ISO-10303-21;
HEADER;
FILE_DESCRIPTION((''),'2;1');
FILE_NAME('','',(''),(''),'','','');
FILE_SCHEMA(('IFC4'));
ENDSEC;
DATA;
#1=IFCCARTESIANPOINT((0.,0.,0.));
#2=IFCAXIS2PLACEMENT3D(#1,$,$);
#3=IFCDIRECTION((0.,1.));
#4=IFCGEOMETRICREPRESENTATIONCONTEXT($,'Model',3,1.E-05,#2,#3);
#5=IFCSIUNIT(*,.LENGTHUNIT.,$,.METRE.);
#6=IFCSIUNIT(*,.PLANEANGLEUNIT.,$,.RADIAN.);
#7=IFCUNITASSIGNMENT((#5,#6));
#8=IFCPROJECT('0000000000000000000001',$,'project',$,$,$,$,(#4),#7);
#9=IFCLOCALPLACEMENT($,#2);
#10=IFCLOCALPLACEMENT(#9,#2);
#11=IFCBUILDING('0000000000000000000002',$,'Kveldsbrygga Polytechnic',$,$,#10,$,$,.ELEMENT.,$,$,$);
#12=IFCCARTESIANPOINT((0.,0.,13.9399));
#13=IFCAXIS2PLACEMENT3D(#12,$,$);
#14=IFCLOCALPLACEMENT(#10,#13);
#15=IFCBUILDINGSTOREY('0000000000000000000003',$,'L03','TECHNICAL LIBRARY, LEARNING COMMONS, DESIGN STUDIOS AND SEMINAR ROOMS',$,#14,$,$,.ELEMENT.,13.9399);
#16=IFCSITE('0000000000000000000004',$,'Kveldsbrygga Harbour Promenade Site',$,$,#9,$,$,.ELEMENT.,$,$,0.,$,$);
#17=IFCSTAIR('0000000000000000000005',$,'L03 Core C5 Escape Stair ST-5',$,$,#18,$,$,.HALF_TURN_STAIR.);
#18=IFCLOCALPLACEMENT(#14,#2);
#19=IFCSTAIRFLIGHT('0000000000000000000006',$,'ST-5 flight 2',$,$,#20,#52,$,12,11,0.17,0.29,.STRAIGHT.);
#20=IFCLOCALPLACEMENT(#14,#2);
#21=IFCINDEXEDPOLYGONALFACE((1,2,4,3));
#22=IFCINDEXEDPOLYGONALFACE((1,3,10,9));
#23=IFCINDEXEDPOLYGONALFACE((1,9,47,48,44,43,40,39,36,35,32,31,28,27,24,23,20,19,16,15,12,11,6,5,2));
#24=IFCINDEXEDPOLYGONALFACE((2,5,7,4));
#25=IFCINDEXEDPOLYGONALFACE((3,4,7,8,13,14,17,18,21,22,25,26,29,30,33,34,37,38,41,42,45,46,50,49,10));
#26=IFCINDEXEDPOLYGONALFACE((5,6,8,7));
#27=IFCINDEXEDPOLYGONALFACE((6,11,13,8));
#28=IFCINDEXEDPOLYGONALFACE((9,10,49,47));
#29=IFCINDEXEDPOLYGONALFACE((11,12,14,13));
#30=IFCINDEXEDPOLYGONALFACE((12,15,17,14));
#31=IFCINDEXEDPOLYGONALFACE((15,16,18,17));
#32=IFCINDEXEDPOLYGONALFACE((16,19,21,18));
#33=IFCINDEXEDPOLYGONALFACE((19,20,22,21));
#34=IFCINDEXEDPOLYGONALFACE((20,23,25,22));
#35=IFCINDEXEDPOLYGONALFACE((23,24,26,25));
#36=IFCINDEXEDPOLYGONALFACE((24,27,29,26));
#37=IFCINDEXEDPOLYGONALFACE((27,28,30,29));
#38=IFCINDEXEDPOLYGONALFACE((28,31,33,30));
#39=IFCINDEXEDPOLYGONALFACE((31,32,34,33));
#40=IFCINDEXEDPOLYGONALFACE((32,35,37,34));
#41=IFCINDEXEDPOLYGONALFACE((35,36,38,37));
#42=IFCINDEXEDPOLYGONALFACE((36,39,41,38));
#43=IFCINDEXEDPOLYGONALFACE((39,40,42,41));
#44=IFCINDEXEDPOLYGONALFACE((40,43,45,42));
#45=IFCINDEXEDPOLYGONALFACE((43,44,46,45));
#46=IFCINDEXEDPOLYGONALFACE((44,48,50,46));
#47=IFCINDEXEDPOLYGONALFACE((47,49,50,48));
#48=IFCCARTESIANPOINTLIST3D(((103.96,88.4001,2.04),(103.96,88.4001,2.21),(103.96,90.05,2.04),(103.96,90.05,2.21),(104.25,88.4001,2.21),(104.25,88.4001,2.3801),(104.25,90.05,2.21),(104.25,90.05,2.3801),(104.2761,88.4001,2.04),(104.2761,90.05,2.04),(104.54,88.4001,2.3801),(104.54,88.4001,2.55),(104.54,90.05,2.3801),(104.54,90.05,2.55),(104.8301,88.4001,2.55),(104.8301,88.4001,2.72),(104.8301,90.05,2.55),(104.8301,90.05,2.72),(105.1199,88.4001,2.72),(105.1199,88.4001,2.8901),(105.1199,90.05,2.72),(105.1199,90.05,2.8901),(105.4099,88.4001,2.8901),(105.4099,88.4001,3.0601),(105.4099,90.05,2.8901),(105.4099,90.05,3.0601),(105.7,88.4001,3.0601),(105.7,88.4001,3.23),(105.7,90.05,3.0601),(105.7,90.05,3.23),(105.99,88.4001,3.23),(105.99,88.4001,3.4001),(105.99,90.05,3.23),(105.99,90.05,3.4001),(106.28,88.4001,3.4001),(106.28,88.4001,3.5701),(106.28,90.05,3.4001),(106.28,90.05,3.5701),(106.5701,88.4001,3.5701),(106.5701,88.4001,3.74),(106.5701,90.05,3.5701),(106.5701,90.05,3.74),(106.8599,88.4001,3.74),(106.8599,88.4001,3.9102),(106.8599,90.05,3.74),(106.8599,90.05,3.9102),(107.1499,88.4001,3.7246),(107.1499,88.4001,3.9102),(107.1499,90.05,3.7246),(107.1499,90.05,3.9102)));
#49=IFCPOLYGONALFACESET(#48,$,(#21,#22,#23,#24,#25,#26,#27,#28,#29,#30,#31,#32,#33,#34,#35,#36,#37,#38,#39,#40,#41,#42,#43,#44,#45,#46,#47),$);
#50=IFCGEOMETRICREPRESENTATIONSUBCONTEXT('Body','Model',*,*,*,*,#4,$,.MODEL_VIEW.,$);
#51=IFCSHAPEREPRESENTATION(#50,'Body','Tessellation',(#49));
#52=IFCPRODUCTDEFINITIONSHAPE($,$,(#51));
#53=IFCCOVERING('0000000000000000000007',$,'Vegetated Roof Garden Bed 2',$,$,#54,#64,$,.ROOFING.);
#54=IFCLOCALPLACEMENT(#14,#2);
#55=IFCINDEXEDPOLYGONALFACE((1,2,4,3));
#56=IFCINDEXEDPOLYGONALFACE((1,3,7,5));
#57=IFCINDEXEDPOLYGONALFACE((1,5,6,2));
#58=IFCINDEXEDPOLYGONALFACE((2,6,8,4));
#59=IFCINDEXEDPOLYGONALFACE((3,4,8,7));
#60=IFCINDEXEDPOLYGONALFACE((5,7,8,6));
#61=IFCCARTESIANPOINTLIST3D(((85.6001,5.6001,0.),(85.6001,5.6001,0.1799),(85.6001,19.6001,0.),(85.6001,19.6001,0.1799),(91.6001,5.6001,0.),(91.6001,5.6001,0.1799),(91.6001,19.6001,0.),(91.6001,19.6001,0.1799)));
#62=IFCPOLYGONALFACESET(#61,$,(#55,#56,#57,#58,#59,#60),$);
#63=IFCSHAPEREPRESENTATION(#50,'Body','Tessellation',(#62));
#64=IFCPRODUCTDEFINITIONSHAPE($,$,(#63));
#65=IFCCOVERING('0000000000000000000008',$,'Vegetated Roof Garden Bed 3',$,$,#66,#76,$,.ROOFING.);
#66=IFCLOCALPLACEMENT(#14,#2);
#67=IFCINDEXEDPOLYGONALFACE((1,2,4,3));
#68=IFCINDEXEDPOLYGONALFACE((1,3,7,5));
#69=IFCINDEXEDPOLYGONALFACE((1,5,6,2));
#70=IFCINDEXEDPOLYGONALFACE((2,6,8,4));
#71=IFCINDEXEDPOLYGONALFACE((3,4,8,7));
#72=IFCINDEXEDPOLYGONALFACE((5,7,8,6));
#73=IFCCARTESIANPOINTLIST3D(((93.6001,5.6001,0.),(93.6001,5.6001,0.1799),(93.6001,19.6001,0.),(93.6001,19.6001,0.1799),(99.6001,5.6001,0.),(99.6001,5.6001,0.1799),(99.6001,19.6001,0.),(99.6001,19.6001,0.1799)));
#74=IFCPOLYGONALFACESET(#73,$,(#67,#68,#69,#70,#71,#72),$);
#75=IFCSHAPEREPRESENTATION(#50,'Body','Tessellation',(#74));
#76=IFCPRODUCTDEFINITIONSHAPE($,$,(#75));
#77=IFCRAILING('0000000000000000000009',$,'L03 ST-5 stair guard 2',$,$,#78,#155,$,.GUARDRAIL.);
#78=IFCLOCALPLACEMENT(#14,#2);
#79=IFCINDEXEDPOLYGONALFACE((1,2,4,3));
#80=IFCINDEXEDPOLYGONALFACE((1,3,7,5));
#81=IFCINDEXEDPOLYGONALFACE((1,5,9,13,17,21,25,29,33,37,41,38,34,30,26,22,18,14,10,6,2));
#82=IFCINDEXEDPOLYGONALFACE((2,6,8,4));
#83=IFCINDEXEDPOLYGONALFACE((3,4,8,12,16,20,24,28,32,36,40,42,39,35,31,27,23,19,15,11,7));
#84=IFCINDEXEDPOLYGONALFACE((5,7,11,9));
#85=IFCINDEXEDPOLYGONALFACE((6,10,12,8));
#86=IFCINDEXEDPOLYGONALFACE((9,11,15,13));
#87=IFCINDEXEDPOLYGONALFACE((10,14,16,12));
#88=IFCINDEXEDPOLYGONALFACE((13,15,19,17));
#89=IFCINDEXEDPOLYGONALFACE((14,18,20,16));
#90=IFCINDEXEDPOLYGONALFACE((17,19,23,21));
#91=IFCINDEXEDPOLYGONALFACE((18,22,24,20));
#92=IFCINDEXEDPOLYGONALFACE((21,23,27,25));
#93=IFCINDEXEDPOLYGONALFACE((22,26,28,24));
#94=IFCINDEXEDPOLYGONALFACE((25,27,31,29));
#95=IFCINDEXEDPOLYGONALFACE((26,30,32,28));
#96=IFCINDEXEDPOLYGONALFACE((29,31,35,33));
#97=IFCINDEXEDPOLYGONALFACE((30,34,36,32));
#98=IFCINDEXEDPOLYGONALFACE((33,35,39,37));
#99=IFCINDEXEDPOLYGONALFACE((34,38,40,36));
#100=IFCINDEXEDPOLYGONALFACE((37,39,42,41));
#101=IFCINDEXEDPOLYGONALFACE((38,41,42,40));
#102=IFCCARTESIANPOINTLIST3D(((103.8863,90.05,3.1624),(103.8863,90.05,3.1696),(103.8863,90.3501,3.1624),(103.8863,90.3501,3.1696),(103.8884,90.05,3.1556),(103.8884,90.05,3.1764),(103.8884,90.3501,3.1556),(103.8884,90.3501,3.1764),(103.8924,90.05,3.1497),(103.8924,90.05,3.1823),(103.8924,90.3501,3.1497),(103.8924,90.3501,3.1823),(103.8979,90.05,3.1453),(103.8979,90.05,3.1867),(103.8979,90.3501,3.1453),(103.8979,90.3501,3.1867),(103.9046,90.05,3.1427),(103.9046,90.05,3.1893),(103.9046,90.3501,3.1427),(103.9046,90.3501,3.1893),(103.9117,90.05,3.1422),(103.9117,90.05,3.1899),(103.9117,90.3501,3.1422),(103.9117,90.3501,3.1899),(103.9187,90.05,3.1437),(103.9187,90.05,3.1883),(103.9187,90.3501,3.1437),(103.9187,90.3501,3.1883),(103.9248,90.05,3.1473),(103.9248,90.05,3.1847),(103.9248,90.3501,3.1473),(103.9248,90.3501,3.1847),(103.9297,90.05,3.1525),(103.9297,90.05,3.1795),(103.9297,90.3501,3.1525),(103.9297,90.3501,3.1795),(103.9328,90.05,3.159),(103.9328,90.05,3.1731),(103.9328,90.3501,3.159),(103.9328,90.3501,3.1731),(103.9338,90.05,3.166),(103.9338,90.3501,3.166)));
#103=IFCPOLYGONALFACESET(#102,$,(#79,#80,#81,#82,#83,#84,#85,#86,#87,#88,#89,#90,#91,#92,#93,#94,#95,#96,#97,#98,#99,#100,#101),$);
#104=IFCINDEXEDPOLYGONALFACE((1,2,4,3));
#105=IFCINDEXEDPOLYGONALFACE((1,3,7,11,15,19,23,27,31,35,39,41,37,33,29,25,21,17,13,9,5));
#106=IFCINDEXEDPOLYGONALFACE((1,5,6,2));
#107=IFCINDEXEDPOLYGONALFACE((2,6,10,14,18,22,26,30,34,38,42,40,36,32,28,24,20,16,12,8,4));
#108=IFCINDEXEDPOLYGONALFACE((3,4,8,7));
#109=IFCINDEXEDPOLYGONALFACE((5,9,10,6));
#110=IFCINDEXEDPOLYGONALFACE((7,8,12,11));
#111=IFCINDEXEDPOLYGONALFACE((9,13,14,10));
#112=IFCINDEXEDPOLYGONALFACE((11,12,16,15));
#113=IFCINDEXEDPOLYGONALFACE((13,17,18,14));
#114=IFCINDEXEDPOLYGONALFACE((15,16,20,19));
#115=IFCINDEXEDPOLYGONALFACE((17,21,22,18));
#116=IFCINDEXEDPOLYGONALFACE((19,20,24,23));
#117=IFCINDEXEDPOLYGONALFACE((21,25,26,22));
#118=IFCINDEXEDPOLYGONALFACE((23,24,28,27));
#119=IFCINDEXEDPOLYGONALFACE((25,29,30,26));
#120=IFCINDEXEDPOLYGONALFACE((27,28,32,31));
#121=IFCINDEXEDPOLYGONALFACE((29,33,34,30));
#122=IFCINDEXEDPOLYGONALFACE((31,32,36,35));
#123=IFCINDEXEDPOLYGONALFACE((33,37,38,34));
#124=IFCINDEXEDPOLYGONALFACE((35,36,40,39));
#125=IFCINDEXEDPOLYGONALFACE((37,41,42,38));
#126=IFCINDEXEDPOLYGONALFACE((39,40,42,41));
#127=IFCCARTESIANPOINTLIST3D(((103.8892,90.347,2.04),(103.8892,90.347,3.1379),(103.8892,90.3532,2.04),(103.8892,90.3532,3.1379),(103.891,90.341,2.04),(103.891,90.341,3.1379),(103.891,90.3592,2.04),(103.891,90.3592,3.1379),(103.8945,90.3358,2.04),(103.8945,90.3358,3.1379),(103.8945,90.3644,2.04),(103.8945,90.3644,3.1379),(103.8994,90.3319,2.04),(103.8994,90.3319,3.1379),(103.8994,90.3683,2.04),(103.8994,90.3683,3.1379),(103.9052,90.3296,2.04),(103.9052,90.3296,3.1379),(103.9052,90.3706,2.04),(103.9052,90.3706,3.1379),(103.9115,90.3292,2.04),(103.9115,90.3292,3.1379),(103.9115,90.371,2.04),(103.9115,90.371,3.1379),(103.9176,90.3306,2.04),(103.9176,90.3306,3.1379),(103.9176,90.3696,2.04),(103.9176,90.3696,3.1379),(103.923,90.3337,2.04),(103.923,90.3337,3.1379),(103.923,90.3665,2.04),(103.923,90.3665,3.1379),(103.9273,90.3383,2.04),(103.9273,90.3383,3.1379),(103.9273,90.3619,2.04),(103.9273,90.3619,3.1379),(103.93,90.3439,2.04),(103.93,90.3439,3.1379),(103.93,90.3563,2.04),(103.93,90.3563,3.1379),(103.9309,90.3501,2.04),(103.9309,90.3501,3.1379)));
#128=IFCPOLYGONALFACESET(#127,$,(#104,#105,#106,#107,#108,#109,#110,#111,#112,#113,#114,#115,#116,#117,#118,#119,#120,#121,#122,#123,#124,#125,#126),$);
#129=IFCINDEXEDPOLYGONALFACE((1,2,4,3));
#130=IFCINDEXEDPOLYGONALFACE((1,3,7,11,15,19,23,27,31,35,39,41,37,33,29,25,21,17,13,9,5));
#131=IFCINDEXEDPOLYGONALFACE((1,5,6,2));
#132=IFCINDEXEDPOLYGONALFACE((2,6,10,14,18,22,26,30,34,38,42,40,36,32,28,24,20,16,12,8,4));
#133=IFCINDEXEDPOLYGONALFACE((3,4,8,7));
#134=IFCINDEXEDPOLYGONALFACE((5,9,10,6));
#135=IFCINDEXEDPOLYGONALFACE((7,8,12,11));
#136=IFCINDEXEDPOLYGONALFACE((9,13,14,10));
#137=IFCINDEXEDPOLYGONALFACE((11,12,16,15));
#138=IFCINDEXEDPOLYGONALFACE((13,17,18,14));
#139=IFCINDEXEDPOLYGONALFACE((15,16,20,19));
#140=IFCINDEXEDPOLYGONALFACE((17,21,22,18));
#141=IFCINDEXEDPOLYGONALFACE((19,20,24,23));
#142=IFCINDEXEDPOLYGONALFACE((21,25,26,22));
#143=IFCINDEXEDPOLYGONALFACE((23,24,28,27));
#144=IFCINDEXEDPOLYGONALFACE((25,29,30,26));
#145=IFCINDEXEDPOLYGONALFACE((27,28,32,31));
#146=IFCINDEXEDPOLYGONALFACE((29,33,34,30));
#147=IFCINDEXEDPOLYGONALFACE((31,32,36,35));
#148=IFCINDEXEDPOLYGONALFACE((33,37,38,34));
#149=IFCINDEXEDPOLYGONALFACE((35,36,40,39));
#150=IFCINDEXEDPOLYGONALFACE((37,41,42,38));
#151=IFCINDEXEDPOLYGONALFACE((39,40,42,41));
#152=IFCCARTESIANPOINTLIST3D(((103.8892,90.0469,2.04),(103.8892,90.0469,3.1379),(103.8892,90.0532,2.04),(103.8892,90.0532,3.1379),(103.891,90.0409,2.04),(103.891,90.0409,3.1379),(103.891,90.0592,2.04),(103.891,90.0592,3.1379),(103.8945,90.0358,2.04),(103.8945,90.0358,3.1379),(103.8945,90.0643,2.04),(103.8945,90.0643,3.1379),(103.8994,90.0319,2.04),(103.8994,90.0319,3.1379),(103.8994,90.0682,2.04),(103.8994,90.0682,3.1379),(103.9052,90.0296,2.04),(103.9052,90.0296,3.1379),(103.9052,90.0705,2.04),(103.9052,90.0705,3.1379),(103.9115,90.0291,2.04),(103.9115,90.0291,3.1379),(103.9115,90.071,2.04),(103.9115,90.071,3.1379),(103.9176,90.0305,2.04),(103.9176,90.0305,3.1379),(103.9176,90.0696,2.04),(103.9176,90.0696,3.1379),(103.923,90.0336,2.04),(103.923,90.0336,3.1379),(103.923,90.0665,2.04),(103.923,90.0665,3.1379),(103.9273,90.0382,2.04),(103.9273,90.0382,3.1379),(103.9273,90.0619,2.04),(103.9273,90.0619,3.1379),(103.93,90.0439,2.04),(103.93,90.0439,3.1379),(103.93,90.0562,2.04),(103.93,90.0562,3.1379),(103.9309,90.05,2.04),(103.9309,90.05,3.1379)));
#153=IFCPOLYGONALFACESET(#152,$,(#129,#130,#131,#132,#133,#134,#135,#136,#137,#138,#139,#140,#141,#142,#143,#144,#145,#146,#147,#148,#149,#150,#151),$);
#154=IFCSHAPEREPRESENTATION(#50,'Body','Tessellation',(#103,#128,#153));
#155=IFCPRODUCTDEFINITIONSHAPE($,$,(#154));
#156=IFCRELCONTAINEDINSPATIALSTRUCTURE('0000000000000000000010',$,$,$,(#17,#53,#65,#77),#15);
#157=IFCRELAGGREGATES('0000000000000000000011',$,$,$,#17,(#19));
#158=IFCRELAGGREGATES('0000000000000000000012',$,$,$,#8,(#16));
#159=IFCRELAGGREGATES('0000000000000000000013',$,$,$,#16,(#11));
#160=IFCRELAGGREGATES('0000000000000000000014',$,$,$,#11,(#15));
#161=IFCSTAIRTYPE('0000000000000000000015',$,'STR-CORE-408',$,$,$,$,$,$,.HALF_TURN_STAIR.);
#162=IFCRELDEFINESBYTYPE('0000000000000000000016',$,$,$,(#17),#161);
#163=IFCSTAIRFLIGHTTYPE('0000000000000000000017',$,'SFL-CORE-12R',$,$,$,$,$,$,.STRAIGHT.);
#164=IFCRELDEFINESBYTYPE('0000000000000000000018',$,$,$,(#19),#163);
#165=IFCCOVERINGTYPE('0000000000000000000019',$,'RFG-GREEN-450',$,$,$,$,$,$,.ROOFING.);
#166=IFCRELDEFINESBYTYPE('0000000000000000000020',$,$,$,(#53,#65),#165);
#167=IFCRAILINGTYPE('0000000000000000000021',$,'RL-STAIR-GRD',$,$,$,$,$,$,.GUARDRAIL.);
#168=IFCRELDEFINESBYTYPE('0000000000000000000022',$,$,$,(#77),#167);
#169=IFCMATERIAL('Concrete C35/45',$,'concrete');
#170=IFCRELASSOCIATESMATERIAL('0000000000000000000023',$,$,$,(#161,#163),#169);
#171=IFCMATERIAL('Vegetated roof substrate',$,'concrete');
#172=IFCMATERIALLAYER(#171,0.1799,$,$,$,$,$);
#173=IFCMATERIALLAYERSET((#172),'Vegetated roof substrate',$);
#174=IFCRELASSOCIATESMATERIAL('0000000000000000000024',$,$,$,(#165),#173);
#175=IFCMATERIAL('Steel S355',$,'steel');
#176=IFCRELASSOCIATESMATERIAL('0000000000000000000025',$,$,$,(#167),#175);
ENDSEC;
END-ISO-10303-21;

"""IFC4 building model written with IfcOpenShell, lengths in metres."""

from ifc_helpers import new_model, si_unit, direction, frame, origin, origin_2d, place, context, subcontext, project, spatial, polyline, rectangle, circle, outline, extrude, material, layer, layer_set, type_object, element, aggregate, save


model = new_model("IFC4")

# Units and contexts
model_context = context("Model", 3, precision=1e-05, world=origin(), true_north=direction((0.0, 1.0)))
body_context = subcontext(model_context, "Body", "Model", "MODEL_VIEW")
ifc_project = project(units=[si_unit("LENGTHUNIT", "METRE"), si_unit("PLANEANGLEUNIT", "RADIAN")], contexts=[model_context])

# Site, building, storey
site_placement = place(None, origin())
site = spatial("IfcSite", under=ifc_project, at=site_placement, Name="Kveldsbrygga Harbour Promenade Site", CompositionType="ELEMENT", RefElevation=0.0)
building_placement = place(site_placement, origin())
building = spatial("IfcBuilding", under=site, at=building_placement, Name="Kveldsbrygga Polytechnic", CompositionType="ELEMENT")
storey_placement = place(building_placement, frame((0.0, 0.0, 13.9399)))
storey = spatial("IfcBuildingStorey", under=building, at=storey_placement, Name="L03", Description="TECHNICAL LIBRARY, LEARNING COMMONS, DESIGN STUDIOS AND SEMINAR ROOMS", CompositionType="ELEMENT", Elevation=13.9399)

# Shared definitions
ifc_material_1 = material(Name="Concrete C35/45", Category="concrete")

# Stair, stair flight
stair_type = type_object("IfcStairType", Name="STR-CORE-408", PredefinedType="HALF_TURN_STAIR", material=ifc_material_1)
stair_placement = place(storey_placement, origin())
stair = element("IfcStair", 1, at=stair_placement, inside=storey, type_object=stair_type, Name="L03 Core C5 Escape Stair ST-5", PredefinedType="HALF_TURN_STAIR")
stair_flight_type = type_object("IfcStairFlightType", Name="SFL-CORE-12R", PredefinedType="STRAIGHT", material=ifc_material_1)
stair_flight_placement = place(storey_placement, frame((103.96, 89.2251, 2.04), z_axis=(0.0, 0.0, 1.0), x_axis=(1.0, 0.0, 0.0)))
stair_flight = element("IfcStairFlight", 2, at=stair_flight_placement, type_object=stair_flight_type, Name="ST-5 flight 2", NumberOfRisers=12, NumberOfTreads=11, PredefinedType="STRAIGHT", RiserHeight=0.17, TreadLength=0.29, context=body_context, shape_type="SweptSolid", body=[
    extrude(outline(polyline([(0.0, 0.0), (0.0, 0.1699), (0.29, 0.1699), (0.29, 0.3401), (0.5801, 0.3401), (0.5801, 0.51), (0.8701, 0.51), (0.8701, 0.6799), (1.1599, 0.6799), (1.1599, 0.8501), (1.45, 0.8501), (1.45, 1.02), (1.74, 1.02), (1.74, 1.1899), (2.03, 1.1899), (2.03, 1.3601), (2.3201, 1.3601), (2.3201, 1.53), (2.6101, 1.53), (2.6101, 1.7), (2.8999, 1.7), (2.8999, 1.8701), (3.1899, 1.8701), (3.1899, 2.04), (3.1899, 1.6846), (0.3162, 0.0), (0.0, 0.0)])), frame((0.0, 0.825, 0.0), z_axis=(0.0, -1.0, 0.0), x_axis=(1.0, 0.0, 0.0)), (0.0, 0.0, 1.0), 1.6499),
])
aggregate(stair, [stair_flight])

# Coverings
ifc_material_2 = material(Name="Vegetated roof substrate", Category="concrete")
ifc_layer_1 = layer(ifc_material_2, 0.1799)
ifc_layer_set_1 = layer_set([ifc_layer_1], Name="Vegetated roof substrate")
covering_type = type_object("IfcCoveringType", Name="RFG-GREEN-450", PredefinedType="ROOFING", material=ifc_layer_set_1)
for number, where, z_axis, x_axis, name in (
    (3, (88.6001, 12.6001, 0.0), (0.0, 0.0, 1.0), (1.0, 0.0, 0.0), "Vegetated Roof Garden Bed 2"),
    (4, (96.6001, 12.6001, 0.0), (0.0, 0.0, 1.0), (1.0, 0.0, 0.0), "Vegetated Roof Garden Bed 3"),
):
    element("IfcCovering", number, at=place(storey_placement, frame(where, z_axis=z_axis, x_axis=x_axis)), inside=storey, type_object=covering_type, Name=name, PredefinedType="ROOFING", context=body_context, shape_type="SweptSolid", body=[
        extrude(rectangle(XDim=6.0, YDim=14.0, at=origin_2d()), origin(), (0.0, 0.0, 1.0), 0.1799),
    ])

# Railing
ifc_material_3 = material(Name="Steel S355", Category="steel")
railing_type_1 = type_object("IfcRailingType", Name="RL-STAIR-GRD", PredefinedType="GUARDRAIL", material=ifc_material_3)
railing_1_placement = place(storey_placement, frame((103.9099, 90.3501, 2.04)))
element("IfcRailing", 5, at=railing_1_placement, inside=storey, type_object=railing_type_1, Name="L03 ST-5 stair guard 2", PredefinedType="GUARDRAIL", context=body_context, shape_type="SweptSolid", body=[
    extrude(circle(Radius=0.0239, at=origin_2d()), frame((0.0, 0.0, 1.126), z_axis=(0.0, -1.0, 0.0), x_axis=(1.0, 0.0, 0.0)), (0.0, 0.0, 1.0), 0.3),
    extrude(circle(Radius=0.021, at=origin_2d()), origin(), (0.0, 0.0, 1.0), 1.0979),
    extrude(circle(Radius=0.021, at=origin_2d()), frame((0.0, -0.3, 0.0)), (0.0, 0.0, 1.0), 1.0979),
])

save(model, "model.ifc")
